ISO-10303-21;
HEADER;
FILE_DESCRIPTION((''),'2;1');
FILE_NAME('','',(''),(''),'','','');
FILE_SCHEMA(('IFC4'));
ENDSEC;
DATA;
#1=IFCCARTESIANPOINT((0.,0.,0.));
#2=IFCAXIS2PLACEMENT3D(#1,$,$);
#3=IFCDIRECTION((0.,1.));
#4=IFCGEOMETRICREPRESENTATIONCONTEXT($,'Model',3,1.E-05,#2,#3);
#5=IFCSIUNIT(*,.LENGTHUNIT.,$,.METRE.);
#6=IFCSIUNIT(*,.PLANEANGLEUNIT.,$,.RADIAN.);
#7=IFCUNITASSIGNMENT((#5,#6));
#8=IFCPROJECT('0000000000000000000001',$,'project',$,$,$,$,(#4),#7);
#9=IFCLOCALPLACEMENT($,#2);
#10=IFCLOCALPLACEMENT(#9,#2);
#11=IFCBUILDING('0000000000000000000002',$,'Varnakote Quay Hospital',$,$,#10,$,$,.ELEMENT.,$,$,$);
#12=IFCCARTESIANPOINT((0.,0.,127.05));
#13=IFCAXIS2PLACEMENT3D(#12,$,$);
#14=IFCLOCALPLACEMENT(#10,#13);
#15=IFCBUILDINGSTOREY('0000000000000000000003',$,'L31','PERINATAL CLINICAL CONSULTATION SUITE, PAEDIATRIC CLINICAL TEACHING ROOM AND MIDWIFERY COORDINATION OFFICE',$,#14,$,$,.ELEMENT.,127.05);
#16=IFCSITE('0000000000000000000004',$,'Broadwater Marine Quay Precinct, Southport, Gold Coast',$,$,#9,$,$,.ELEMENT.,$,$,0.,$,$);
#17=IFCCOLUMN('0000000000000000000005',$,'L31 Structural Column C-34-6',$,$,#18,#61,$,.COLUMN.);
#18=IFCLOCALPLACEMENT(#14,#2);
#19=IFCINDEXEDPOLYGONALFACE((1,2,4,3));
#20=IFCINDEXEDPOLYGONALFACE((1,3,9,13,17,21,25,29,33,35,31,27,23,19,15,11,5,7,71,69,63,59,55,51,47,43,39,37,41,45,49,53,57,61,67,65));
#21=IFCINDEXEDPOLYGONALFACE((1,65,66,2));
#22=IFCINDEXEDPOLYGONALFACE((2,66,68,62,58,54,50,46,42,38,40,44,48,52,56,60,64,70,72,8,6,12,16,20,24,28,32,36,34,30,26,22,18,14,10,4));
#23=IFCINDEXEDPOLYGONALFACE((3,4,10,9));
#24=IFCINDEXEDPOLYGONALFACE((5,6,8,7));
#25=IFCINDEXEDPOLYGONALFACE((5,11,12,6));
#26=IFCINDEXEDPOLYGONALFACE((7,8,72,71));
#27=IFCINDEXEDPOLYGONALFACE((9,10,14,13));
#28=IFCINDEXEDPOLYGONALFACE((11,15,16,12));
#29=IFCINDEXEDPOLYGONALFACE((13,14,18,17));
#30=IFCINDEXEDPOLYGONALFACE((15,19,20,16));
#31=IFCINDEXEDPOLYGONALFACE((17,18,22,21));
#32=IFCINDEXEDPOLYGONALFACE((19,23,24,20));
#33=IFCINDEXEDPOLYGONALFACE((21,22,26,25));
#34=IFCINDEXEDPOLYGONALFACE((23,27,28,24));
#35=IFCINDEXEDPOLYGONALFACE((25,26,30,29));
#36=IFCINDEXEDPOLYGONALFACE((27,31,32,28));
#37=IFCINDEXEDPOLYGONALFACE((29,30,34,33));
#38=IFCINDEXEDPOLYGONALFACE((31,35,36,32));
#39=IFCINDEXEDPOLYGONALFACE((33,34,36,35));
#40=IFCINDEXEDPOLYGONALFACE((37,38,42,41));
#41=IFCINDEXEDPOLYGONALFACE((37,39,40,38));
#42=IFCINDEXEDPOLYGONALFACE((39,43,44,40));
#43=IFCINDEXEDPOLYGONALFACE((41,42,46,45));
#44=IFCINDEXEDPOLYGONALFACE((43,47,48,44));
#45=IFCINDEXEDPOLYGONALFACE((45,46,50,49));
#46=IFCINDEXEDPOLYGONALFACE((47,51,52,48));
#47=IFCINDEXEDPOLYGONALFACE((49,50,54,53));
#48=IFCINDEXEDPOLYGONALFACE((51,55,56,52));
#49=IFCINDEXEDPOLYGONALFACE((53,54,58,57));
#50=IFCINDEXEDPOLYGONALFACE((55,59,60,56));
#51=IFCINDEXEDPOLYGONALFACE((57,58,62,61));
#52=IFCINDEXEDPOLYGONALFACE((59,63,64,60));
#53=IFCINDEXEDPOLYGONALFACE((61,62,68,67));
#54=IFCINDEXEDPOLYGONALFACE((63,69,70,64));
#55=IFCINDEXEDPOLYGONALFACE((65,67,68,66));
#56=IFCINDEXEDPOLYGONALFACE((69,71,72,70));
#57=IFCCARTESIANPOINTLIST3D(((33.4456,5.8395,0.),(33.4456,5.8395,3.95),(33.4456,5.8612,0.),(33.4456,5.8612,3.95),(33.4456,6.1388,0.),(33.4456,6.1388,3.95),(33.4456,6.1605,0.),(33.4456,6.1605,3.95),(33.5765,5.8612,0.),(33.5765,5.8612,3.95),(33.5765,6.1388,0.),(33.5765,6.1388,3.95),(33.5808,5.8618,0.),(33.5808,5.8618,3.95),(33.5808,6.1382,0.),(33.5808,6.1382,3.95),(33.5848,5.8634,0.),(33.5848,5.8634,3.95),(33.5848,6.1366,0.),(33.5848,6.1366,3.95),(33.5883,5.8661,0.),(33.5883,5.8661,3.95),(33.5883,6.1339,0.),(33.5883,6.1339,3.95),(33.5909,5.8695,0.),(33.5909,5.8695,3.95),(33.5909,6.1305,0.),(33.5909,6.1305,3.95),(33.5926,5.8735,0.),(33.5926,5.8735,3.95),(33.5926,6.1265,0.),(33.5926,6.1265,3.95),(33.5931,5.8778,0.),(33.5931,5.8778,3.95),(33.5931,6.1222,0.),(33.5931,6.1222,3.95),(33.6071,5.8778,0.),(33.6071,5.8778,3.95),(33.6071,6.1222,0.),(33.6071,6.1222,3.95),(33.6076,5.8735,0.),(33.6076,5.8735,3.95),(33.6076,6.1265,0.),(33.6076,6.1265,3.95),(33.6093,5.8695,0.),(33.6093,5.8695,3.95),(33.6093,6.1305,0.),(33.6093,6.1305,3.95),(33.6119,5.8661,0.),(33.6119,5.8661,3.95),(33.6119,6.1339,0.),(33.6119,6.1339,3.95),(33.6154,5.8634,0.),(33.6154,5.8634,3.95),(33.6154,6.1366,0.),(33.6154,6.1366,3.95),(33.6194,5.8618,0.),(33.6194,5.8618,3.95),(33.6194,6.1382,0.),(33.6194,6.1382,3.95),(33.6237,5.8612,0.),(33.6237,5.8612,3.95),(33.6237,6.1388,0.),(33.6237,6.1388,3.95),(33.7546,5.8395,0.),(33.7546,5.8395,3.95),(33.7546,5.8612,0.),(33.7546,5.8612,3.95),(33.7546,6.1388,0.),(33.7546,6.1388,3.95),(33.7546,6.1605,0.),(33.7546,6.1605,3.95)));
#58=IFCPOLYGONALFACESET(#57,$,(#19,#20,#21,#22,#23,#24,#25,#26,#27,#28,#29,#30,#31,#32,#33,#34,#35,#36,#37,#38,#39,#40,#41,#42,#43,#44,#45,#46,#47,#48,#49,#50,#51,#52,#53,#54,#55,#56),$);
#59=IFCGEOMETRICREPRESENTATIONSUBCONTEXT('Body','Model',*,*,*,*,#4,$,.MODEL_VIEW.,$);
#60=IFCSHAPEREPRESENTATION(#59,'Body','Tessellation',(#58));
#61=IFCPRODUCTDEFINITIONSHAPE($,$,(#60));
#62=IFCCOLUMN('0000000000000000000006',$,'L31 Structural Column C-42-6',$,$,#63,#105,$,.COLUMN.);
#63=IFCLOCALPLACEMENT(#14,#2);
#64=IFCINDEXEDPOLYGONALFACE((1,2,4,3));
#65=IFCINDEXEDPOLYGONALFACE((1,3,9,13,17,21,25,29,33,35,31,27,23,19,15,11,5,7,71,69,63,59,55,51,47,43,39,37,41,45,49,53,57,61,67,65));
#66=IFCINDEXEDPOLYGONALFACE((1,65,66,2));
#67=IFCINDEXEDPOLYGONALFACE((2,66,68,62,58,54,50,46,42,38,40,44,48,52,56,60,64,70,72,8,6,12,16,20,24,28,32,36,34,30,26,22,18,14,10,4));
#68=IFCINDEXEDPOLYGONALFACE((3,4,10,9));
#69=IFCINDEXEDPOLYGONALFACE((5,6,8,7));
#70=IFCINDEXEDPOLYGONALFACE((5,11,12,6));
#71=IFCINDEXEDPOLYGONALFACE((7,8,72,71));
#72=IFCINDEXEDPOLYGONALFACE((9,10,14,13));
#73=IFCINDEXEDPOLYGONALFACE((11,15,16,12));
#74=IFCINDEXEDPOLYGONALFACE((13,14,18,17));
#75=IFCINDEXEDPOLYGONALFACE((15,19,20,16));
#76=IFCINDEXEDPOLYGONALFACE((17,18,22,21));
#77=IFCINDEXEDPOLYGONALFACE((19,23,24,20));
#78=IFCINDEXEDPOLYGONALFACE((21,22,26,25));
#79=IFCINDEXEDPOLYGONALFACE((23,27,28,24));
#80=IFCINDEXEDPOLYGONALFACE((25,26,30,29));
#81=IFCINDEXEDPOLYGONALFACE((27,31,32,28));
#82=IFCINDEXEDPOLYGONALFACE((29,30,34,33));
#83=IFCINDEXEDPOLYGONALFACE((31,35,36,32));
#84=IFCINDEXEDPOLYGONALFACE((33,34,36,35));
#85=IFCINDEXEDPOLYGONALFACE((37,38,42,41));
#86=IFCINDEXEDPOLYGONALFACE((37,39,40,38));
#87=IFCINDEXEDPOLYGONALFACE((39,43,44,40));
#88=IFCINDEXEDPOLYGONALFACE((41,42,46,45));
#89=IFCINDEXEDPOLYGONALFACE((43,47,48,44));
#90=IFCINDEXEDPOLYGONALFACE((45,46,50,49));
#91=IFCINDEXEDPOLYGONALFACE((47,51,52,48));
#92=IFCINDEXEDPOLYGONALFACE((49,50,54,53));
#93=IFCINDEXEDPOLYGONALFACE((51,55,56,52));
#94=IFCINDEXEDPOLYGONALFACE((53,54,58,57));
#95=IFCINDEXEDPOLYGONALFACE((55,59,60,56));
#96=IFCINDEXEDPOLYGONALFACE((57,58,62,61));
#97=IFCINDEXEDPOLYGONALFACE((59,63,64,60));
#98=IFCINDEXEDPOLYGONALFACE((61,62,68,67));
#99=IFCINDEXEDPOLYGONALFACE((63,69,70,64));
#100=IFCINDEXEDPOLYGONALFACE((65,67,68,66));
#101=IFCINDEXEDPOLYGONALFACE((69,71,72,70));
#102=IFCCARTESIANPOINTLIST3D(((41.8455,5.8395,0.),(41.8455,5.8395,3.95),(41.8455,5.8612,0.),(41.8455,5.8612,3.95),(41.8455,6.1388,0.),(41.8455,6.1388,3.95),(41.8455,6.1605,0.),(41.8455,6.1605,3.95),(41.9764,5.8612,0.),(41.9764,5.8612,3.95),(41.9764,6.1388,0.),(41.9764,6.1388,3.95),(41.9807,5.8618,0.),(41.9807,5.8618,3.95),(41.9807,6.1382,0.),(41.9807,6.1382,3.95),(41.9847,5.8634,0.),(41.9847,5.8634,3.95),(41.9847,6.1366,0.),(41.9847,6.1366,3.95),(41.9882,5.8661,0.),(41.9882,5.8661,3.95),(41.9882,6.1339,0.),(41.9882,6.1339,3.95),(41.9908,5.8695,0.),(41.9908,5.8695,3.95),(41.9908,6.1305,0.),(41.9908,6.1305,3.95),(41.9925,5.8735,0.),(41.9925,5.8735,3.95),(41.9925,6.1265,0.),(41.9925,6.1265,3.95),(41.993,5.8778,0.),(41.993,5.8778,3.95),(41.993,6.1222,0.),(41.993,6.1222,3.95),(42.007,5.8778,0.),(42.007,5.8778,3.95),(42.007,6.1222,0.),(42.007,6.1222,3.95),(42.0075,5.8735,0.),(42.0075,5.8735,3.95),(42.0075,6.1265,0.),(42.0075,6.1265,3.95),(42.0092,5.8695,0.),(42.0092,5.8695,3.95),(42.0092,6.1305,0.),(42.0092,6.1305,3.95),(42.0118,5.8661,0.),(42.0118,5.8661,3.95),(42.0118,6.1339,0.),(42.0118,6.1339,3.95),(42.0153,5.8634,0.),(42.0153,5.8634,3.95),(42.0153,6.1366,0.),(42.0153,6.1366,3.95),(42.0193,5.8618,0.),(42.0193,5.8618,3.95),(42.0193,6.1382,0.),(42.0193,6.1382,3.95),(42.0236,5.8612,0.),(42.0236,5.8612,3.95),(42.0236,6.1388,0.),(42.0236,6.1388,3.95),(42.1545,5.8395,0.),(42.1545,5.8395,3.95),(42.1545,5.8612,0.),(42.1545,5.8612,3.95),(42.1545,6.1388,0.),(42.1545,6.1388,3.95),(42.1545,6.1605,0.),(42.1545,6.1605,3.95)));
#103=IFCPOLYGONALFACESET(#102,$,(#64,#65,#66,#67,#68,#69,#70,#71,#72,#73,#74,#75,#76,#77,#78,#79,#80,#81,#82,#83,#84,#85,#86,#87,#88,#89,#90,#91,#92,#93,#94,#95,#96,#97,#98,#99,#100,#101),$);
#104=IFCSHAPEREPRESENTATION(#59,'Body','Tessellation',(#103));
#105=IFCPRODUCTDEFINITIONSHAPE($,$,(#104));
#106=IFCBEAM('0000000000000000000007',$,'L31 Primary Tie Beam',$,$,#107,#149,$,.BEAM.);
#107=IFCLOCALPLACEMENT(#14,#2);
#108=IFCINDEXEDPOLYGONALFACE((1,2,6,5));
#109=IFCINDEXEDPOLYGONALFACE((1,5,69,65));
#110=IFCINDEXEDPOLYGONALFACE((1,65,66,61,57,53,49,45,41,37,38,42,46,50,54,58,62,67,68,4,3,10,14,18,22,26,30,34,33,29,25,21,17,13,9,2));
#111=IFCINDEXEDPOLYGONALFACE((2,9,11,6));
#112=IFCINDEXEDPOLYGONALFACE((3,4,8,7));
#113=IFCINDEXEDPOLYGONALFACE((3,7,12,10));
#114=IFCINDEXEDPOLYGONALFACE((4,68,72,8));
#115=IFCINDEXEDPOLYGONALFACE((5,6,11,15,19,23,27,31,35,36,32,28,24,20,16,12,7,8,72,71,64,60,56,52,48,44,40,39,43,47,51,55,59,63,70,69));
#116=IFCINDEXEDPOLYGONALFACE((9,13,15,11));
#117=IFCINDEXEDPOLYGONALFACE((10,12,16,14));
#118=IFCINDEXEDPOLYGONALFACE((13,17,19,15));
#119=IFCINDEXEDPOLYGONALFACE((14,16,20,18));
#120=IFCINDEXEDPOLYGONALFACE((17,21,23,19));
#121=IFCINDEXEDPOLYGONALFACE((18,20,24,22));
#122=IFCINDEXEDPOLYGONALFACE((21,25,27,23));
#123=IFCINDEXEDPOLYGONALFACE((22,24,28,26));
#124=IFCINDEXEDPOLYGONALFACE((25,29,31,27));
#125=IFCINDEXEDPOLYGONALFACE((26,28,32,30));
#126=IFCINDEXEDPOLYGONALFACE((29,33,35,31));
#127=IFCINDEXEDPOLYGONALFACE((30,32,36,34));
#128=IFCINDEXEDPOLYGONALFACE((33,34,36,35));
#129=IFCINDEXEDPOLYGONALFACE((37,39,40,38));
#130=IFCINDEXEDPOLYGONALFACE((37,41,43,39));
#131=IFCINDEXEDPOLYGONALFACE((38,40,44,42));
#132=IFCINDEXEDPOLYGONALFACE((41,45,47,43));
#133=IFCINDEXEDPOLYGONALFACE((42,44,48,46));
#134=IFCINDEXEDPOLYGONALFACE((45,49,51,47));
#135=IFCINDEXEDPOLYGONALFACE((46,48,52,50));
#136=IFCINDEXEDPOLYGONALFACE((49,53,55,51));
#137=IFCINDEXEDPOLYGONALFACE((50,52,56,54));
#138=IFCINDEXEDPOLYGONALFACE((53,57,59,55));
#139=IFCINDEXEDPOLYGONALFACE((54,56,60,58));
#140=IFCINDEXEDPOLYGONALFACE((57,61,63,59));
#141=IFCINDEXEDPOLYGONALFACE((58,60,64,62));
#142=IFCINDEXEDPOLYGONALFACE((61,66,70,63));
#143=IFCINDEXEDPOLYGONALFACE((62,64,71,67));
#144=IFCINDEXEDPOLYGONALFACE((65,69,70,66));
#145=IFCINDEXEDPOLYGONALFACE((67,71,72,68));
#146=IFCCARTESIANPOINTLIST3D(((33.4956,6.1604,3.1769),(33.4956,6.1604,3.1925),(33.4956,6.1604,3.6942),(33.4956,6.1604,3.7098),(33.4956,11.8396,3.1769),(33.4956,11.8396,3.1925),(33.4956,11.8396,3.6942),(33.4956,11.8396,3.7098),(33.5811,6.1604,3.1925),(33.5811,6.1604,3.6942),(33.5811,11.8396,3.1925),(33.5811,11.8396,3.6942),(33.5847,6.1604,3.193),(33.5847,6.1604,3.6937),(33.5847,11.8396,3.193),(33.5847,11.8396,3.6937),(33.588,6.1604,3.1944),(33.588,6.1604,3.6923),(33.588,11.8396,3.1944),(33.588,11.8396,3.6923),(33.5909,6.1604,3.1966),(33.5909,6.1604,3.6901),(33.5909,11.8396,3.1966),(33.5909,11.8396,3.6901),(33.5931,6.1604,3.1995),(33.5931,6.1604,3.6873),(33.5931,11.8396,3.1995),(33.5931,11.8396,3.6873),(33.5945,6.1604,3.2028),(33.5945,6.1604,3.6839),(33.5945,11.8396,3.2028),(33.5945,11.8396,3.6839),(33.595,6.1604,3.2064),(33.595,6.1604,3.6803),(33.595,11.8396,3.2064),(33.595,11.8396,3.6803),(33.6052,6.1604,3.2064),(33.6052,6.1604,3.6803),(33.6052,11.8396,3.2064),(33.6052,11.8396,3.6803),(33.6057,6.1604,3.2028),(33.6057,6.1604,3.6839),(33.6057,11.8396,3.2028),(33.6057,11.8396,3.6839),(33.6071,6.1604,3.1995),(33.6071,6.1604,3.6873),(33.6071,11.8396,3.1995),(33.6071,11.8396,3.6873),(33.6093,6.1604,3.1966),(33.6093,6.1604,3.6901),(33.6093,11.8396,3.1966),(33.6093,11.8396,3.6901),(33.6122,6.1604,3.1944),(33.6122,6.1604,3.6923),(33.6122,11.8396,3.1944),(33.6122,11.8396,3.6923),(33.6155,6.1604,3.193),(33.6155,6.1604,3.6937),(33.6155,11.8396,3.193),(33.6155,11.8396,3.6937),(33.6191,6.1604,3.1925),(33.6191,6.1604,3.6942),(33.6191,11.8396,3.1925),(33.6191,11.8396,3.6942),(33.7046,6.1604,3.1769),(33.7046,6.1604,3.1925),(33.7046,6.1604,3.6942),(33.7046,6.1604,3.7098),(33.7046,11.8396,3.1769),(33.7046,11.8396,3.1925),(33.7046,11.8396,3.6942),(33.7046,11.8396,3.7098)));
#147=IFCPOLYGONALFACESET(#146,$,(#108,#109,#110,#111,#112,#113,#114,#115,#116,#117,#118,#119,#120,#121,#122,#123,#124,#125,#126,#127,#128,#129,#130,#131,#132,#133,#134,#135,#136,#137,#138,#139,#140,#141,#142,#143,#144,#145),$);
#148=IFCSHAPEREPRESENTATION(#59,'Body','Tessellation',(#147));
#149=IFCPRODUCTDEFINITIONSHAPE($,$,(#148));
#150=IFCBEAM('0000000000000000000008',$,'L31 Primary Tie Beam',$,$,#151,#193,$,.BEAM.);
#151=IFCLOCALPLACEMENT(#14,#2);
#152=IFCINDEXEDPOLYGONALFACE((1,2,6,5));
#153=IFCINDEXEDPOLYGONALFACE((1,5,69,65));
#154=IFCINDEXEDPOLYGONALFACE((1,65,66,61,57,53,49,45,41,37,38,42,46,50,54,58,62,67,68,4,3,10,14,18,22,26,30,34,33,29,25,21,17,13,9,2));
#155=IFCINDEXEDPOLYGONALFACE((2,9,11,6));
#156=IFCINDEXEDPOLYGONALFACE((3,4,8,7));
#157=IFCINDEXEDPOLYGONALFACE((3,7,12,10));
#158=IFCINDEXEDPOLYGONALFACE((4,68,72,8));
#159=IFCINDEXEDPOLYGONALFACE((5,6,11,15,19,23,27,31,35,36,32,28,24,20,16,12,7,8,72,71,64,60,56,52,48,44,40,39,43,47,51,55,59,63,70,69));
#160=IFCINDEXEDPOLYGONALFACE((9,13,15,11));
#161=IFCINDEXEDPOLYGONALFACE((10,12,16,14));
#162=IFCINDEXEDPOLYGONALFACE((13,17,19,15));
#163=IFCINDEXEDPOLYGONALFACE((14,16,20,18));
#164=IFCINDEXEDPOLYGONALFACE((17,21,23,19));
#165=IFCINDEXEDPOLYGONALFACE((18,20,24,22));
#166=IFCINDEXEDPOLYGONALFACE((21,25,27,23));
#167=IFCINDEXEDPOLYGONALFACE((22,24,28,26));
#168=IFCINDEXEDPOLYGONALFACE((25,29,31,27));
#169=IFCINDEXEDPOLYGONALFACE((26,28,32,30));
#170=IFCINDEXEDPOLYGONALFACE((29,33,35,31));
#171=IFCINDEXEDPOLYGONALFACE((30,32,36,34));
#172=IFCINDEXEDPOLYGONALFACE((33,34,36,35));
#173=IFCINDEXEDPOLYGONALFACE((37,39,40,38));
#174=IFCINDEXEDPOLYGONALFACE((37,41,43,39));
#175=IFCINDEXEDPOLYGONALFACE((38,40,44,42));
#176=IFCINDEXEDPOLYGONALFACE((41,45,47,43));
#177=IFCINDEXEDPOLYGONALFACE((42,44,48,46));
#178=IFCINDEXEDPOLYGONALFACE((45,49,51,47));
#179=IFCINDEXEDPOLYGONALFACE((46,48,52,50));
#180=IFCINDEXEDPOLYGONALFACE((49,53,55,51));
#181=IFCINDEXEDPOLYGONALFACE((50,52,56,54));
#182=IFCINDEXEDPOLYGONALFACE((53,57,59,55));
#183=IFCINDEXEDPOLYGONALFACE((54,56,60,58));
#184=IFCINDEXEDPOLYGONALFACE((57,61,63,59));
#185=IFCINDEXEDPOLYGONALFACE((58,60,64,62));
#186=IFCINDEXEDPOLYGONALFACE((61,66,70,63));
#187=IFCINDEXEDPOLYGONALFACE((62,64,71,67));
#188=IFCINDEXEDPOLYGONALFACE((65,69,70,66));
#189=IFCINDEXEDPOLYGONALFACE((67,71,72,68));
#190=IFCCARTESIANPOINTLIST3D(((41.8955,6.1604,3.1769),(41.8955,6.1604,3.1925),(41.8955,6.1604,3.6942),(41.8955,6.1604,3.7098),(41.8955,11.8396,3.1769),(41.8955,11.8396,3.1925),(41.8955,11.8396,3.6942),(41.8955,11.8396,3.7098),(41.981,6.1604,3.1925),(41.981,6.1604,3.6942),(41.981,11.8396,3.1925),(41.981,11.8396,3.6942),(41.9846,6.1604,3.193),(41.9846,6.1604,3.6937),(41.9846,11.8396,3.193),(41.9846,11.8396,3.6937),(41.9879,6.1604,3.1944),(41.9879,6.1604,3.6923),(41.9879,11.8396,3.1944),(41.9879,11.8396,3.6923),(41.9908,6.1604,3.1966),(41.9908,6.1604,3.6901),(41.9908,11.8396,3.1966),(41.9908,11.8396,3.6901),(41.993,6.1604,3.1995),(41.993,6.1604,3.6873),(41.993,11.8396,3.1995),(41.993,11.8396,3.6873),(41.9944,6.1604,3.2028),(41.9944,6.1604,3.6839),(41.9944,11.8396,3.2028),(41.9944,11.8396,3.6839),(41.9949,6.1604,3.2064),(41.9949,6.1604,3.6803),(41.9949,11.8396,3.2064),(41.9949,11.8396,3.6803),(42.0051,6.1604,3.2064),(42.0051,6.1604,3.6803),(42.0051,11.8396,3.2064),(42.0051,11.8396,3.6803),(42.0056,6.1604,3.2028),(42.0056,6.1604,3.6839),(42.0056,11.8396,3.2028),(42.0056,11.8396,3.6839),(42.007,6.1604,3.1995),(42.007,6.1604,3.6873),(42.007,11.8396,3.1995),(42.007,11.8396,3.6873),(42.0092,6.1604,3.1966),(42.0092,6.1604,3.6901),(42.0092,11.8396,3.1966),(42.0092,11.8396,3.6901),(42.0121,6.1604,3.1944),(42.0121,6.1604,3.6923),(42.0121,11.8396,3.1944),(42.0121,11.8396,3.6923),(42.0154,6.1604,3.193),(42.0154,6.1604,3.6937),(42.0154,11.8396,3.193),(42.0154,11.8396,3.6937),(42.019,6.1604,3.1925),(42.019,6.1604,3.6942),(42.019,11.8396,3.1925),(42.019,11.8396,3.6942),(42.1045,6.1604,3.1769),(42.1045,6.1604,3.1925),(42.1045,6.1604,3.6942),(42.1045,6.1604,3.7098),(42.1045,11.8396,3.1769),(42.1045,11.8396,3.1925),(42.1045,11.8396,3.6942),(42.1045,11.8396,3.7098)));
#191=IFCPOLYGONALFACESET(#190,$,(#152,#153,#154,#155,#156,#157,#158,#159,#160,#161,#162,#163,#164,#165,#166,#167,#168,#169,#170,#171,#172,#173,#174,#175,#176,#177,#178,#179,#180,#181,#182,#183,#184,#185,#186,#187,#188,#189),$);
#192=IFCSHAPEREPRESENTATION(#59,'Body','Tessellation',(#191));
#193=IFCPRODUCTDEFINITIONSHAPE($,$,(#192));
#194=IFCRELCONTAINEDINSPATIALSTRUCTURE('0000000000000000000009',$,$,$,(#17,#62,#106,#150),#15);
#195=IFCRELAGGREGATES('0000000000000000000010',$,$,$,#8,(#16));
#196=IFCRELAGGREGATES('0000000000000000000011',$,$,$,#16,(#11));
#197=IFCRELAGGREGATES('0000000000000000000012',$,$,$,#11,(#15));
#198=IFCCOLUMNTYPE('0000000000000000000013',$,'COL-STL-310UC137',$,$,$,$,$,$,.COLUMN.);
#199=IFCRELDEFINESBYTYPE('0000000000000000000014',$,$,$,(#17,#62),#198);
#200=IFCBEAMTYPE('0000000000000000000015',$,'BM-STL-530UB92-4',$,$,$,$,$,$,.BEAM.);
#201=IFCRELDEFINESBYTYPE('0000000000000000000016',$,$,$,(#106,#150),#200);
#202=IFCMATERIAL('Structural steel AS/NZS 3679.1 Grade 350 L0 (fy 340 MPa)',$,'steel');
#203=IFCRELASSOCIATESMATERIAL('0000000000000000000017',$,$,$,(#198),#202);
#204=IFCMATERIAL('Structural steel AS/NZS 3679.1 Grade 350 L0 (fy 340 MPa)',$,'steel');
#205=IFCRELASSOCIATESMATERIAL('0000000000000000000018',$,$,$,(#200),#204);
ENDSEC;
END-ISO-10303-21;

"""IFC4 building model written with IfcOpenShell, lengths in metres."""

from ifc_helpers import new_model, si_unit, direction, frame, origin, origin_2d, place, context, subcontext, project, spatial, i_section, extrude, material, material_profile, profile_set, type_object, element, save


model = new_model("IFC4")

# Units and contexts
model_context = context("Model", 3, precision=1e-05, world=origin(), true_north=direction((0.0, 1.0)))
body_context = subcontext(model_context, "Body", "Model", "MODEL_VIEW")
ifc_project = project(units=[si_unit("LENGTHUNIT", "METRE"), si_unit("PLANEANGLEUNIT", "RADIAN")], contexts=[model_context])

# Site, building, storey
site_placement = place(None, origin())
site = spatial("IfcSite", under=ifc_project, at=site_placement, Name="Broadwater Marine Quay Precinct, Southport, Gold Coast", CompositionType="ELEMENT", RefElevation=0.0)
building_placement = place(site_placement, origin())
building = spatial("IfcBuilding", under=site, at=building_placement, Name="Varnakote Quay Hospital", CompositionType="ELEMENT")
storey_placement = place(building_placement, frame((0.0, 0.0, 127.05)))
storey = spatial("IfcBuildingStorey", under=building, at=storey_placement, Name="L31", Description="PERINATAL CLINICAL CONSULTATION SUITE, PAEDIATRIC CLINICAL TEACHING ROOM AND MIDWIFERY COORDINATION OFFICE", CompositionType="ELEMENT", Elevation=127.05)

# Columns
ifc_material_1 = material(Name="Structural steel AS/NZS 3679.1 Grade 350 L0 (fy 340 MPa)", Category="steel")
ifc_material_profile_1 = material_profile(ifc_material_1, i_section(OverallWidth=0.3091, OverallDepth=0.321, WebThickness=0.0139, FlangeThickness=0.0217, FilletRadius=0.0166, at=origin_2d()), Name="310UC137")
ifc_profile_set_1 = profile_set([ifc_material_profile_1], Name="Structural steel AS/NZS 3679.1 Grade 350 L0 (fy 340 MPa)")
column_type = type_object("IfcColumnType", Name="COL-STL-310UC137", PredefinedType="COLUMN", material=ifc_profile_set_1)
for number, where, z_axis, x_axis, name in (
    (1, (33.6001, 6.0, 0.0), (0.0, 0.0, 1.0), (1.0, 0.0, 0.0), "L31 Structural Column C-34-6"),
    (2, (42.0, 6.0, 0.0), (0.0, 0.0, 1.0), (1.0, 0.0, 0.0), "L31 Structural Column C-42-6"),
):
    element("IfcColumn", number, at=place(storey_placement, frame(where, z_axis=z_axis, x_axis=x_axis)), inside=storey, type_object=column_type, Name=name, PredefinedType="COLUMN", context=body_context, shape_type="SweptSolid", body=[
        extrude(i_section(OverallWidth=0.3091, OverallDepth=0.321, WebThickness=0.0139, FlangeThickness=0.0217, FilletRadius=0.0166, at=origin_2d()), origin(), (0.0, 0.0, 1.0), 3.95),
    ])

# Beams
ifc_material_2 = material(Name="Structural steel AS/NZS 3679.1 Grade 350 L0 (fy 340 MPa)", Category="steel")
ifc_material_profile_2 = material_profile(ifc_material_2, i_section(OverallWidth=0.209, OverallDepth=0.533, WebThickness=0.0103, FlangeThickness=0.0156, FilletRadius=0.0139, at=origin_2d()), Name="530UB92.4")
ifc_profile_set_2 = profile_set([ifc_material_profile_2], Name="Structural steel AS/NZS 3679.1 Grade 350 L0 (fy 340 MPa)")
beam_type_1 = type_object("IfcBeamType", Name="BM-STL-530UB92-4", PredefinedType="BEAM", material=ifc_profile_set_2)
for number, where, z_axis, x_axis, name in (
    (3, (33.6001, 6.1604, 3.4434), (0.0, 1.0, 0.0), (-1.0, 0.0, 0.0), "L31 Primary Tie Beam"),
    (4, (42.0, 6.1604, 3.4434), (0.0, 1.0, 0.0), (-1.0, 0.0, 0.0), "L31 Primary Tie Beam"),
):
    element("IfcBeam", number, at=place(storey_placement, frame(where, z_axis=z_axis, x_axis=x_axis)), inside=storey, type_object=beam_type_1, Name=name, PredefinedType="BEAM", context=body_context, shape_type="SweptSolid", body=[
        extrude(i_section(OverallWidth=0.209, OverallDepth=0.533, WebThickness=0.0103, FlangeThickness=0.0156, FilletRadius=0.0139, at=origin_2d()), origin(), (0.0, 0.0, 1.0), 5.6792),
    ])

save(model, "model.ifc")
